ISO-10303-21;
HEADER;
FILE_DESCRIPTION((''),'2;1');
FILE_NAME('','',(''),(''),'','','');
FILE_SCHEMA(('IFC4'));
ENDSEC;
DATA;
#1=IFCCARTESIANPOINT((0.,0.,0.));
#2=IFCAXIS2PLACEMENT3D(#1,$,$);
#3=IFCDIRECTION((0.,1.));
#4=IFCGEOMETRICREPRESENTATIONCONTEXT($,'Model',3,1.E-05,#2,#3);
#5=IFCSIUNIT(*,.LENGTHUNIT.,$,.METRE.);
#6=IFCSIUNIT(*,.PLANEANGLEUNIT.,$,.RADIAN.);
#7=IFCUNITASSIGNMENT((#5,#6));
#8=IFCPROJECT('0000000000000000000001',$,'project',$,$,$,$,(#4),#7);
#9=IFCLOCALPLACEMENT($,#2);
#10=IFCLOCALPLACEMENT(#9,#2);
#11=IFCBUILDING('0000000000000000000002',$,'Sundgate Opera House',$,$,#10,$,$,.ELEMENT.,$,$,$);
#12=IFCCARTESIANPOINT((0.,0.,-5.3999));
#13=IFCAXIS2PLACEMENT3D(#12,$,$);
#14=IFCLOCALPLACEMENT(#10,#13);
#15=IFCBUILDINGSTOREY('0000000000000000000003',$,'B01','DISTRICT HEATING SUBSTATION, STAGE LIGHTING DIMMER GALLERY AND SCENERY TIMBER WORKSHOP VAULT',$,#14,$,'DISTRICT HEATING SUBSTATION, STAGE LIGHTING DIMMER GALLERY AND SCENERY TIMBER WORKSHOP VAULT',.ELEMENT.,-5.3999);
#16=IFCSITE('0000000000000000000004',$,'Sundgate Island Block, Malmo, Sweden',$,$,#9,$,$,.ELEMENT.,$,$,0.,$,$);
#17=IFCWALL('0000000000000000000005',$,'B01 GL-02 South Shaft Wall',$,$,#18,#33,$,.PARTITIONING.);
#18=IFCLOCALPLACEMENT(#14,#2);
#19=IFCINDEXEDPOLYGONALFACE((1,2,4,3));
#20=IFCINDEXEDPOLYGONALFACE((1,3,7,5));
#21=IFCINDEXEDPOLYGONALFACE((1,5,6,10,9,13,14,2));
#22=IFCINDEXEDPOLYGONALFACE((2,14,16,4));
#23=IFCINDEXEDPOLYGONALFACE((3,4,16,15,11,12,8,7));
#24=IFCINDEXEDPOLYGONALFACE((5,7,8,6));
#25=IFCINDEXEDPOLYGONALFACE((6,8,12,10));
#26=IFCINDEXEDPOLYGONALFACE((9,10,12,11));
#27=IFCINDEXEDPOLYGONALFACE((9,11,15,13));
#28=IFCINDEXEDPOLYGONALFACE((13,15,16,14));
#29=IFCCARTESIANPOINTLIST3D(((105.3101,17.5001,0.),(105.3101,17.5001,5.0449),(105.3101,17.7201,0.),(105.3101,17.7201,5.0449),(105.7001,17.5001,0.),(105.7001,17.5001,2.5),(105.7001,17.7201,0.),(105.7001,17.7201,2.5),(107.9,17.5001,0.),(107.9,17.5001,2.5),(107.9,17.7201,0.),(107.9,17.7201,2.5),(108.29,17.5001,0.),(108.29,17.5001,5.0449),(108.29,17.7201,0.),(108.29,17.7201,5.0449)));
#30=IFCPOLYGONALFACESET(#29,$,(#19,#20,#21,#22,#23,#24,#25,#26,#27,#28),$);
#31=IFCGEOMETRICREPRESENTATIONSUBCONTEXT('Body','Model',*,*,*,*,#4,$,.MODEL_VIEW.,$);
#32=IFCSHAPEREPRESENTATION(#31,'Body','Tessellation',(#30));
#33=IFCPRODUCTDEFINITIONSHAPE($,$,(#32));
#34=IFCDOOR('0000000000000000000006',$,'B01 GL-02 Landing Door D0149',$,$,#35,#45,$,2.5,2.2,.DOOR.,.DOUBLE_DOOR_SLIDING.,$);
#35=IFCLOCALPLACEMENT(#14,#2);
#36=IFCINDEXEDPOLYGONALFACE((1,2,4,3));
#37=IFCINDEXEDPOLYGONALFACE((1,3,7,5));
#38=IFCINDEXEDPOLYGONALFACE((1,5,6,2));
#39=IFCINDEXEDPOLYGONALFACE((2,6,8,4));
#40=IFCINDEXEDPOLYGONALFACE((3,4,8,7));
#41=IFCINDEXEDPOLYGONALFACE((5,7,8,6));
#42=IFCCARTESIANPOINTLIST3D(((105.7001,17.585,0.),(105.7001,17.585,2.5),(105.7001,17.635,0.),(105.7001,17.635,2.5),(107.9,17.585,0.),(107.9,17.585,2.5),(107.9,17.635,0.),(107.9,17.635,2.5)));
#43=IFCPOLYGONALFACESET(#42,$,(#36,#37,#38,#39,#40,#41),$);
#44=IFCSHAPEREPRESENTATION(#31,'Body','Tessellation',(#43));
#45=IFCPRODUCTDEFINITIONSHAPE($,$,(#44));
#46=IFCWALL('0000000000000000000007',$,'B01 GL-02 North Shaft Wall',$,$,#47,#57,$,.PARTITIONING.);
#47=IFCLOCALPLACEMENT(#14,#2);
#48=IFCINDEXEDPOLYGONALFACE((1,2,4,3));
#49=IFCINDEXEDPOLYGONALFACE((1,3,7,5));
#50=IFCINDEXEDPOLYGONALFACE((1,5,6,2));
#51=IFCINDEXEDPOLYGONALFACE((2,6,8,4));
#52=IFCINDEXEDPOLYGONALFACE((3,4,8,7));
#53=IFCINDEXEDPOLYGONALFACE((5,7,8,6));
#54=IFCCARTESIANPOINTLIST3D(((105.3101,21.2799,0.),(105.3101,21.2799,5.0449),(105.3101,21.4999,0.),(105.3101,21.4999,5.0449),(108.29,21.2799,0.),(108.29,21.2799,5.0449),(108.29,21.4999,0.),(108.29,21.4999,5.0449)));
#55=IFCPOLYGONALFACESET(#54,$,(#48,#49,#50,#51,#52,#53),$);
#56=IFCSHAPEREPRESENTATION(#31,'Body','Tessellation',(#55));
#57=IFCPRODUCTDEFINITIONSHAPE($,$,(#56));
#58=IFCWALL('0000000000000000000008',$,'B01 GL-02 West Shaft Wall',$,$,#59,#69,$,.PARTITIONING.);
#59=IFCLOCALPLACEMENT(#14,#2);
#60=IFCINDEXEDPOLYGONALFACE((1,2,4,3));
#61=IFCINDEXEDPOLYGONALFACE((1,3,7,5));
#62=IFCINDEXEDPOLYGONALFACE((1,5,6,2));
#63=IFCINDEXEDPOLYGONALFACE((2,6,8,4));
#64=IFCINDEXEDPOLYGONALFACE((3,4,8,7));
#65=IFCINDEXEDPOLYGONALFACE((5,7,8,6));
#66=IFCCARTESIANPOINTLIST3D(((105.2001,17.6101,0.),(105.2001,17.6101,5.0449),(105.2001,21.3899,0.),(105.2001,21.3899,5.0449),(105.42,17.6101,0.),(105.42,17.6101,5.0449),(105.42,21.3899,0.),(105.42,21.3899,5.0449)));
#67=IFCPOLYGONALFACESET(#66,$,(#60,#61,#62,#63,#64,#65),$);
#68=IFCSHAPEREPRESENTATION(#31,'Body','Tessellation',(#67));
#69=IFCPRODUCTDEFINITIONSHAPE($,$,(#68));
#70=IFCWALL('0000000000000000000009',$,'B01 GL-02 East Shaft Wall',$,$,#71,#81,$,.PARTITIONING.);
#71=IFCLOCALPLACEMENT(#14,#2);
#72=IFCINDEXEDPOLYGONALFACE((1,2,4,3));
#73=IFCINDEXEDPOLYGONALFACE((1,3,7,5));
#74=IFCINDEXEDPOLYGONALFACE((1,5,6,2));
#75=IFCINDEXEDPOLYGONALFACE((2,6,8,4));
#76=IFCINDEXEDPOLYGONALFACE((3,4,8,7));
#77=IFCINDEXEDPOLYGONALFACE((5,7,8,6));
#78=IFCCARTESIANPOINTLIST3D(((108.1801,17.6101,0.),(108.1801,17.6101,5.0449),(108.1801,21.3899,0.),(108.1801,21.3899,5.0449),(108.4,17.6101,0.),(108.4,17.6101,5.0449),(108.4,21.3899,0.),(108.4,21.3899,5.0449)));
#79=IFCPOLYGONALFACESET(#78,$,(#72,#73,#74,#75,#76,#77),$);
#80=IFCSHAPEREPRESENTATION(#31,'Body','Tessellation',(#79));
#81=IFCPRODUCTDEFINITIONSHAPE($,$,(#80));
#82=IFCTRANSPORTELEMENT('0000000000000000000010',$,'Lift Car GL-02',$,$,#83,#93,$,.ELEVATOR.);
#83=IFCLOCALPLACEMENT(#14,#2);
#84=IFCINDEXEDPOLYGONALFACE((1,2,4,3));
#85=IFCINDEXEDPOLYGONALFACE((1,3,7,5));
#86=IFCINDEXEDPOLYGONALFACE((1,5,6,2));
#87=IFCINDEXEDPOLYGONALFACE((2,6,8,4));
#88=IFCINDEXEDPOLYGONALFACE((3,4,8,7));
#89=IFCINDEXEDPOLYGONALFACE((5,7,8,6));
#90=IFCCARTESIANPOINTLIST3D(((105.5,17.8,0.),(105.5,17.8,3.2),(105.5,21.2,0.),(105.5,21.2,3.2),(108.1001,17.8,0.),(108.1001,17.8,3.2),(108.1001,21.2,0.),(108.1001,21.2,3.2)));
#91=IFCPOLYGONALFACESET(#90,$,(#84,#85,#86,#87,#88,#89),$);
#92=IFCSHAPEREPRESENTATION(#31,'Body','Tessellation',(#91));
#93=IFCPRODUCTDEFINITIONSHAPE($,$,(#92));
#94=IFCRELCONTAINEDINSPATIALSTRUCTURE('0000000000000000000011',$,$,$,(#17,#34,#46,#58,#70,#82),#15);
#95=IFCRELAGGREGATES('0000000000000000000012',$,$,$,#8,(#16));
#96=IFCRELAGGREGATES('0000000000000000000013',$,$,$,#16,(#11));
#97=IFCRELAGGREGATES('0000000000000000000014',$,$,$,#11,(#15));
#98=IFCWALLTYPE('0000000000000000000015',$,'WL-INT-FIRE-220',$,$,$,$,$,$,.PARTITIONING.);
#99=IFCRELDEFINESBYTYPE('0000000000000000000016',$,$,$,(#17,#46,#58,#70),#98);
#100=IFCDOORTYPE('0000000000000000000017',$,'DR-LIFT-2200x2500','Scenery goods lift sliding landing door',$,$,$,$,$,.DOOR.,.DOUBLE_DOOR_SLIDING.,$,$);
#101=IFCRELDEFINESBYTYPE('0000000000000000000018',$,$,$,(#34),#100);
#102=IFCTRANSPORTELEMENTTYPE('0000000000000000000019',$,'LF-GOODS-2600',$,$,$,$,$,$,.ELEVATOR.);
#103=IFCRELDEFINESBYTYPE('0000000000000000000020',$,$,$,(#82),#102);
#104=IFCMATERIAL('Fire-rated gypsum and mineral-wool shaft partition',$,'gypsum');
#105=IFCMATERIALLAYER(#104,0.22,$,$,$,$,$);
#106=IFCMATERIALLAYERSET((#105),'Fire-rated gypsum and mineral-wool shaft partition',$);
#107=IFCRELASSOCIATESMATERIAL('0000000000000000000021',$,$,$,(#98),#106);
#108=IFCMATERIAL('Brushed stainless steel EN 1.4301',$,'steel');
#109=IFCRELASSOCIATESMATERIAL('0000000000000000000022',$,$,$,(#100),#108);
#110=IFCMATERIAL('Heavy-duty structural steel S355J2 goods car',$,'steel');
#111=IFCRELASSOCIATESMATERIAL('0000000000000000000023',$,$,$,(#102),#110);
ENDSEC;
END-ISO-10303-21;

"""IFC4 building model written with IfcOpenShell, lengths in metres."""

from ifc_helpers import new_model, si_unit, direction, frame, frame_2d, origin, origin_2d, place, context, subcontext, project, spatial, rectangle, extrude, material, layer, layer_set, type_object, element, fill, save


model = new_model("IFC4")

# Units and contexts
model_context = context("Model", 3, precision=1e-05, world=origin(), true_north=direction((0.0, 1.0)))
body_context = subcontext(model_context, "Body", "Model", "MODEL_VIEW")
ifc_project = project(units=[si_unit("LENGTHUNIT", "METRE"), si_unit("PLANEANGLEUNIT", "RADIAN")], contexts=[model_context])

# Site, building, storey
site_placement = place(None, origin())
site = spatial("IfcSite", under=ifc_project, at=site_placement, Name="Sundgate Island Block, Malmo, Sweden", CompositionType="ELEMENT", RefElevation=0.0)
building_placement = place(site_placement, origin())
building = spatial("IfcBuilding", under=site, at=building_placement, Name="Sundgate Opera House", CompositionType="ELEMENT")
storey_placement = place(building_placement, frame((0.0, 0.0, -5.3999)))
storey = spatial("IfcBuildingStorey", under=building, at=storey_placement, Name="B01", Description="DISTRICT HEATING SUBSTATION, STAGE LIGHTING DIMMER GALLERY AND SCENERY TIMBER WORKSHOP VAULT", LongName="DISTRICT HEATING SUBSTATION, STAGE LIGHTING DIMMER GALLERY AND SCENERY TIMBER WORKSHOP VAULT", CompositionType="ELEMENT", Elevation=-5.3999)

# Wall, opening, door
ifc_material_1 = material(Name="Fire-rated gypsum and mineral-wool shaft partition", Category="gypsum")
ifc_layer_1 = layer(ifc_material_1, 0.22)
ifc_layer_set_1 = layer_set([ifc_layer_1], Name="Fire-rated gypsum and mineral-wool shaft partition")
wall_type_1 = type_object("IfcWallType", Name="WL-INT-FIRE-220", PredefinedType="PARTITIONING", material=ifc_layer_set_1)
wall_1_placement = place(storey_placement, frame((105.3101, 17.6101, 0.0), z_axis=(0.0, 0.0, 1.0), x_axis=(1.0, 0.0, 0.0)))
wall_1 = element("IfcWall", 1, at=wall_1_placement, inside=storey, type_object=wall_type_1, Name="B01 GL-02 South Shaft Wall", PredefinedType="PARTITIONING", context=body_context, shape_type="SweptSolid", body=[
    extrude(rectangle(XDim=2.98, YDim=0.22, at=frame_2d((1.49, 0.0))), origin(), (0.0, 0.0, 1.0), 5.0449),
])
opening_1_placement = place(wall_1_placement, frame((0.3899, 0.0, 0.0)))
opening_1 = element("IfcOpeningElement", 2, at=opening_1_placement, cuts=wall_1, PredefinedType="OPENING", context=body_context, shape_type="SweptSolid", body=[
    extrude(rectangle(XDim=2.2, YDim=2.5, at=frame_2d((1.1001, 1.25))), frame((0.0, 0.1199, 0.0), z_axis=(0.0, -1.0, 0.0), x_axis=(1.0, 0.0, 0.0)), (0.0, 0.0, 1.0), 0.24),
])
ifc_material_2 = material(Name="Brushed stainless steel EN 1.4301", Category="steel")
door_type_1 = type_object("IfcDoorType", Name="DR-LIFT-2200x2500", Description="Scenery goods lift sliding landing door", OperationType="DOUBLE_DOOR_SLIDING", PredefinedType="DOOR", material=ifc_material_2)
door_1_placement = place(opening_1_placement, origin())
door_1 = element("IfcDoor", 3, at=door_1_placement, inside=storey, type_object=door_type_1, Name="B01 GL-02 Landing Door D0149", OperationType="DOUBLE_DOOR_SLIDING", OverallHeight=2.5, OverallWidth=2.2, PredefinedType="DOOR", context=body_context, shape_type="SweptSolid", body=[
    extrude(rectangle(XDim=2.2, YDim=2.5, at=frame_2d((1.1001, 1.25))), frame((0.0, 0.0249, 0.0), z_axis=(0.0, -1.0, 0.0), x_axis=(1.0, 0.0, 0.0)), (0.0, 0.0, 1.0), 0.05),
])
fill(opening_1, door_1)

# Walls
wall_2_placement = place(storey_placement, frame((105.3101, 21.3899, 0.0), z_axis=(0.0, 0.0, 1.0), x_axis=(1.0, 0.0, 0.0)))
element("IfcWall", 4, at=wall_2_placement, inside=storey, type_object=wall_type_1, Name="B01 GL-02 North Shaft Wall", PredefinedType="PARTITIONING", context=body_context, shape_type="SweptSolid", body=[
    extrude(rectangle(XDim=2.98, YDim=0.22, at=frame_2d((1.49, 0.0))), origin(), (0.0, 0.0, 1.0), 5.0449),
])
for number, where, z_axis, x_axis, name in (
    (5, (105.3101, 17.6101, 0.0), (0.0, 0.0, 1.0), (0.0, 1.0, 0.0), "B01 GL-02 West Shaft Wall"),
    (6, (108.29, 17.6101, 0.0), (0.0, 0.0, 1.0), (0.0, 1.0, 0.0), "B01 GL-02 East Shaft Wall"),
):
    element("IfcWall", number, at=place(storey_placement, frame(where, z_axis=z_axis, x_axis=x_axis)), inside=storey, type_object=wall_type_1, Name=name, PredefinedType="PARTITIONING", context=body_context, shape_type="SweptSolid", body=[
        extrude(rectangle(XDim=3.7798, YDim=0.22, at=frame_2d((1.8899, 0.0))), origin(), (0.0, 0.0, 1.0), 5.0449),
    ])

# Transport element
ifc_material_3 = material(Name="Heavy-duty structural steel S355J2 goods car", Category="steel")
transport_element_type = type_object("IfcTransportElementType", Name="LF-GOODS-2600", PredefinedType="ELEVATOR", material=ifc_material_3)
transport_element_placement = place(storey_placement, frame((106.8, 19.5, 0.0), z_axis=(0.0, 0.0, 1.0), x_axis=(1.0, 0.0, 0.0)))
element("IfcTransportElement", 7, at=transport_element_placement, inside=storey, type_object=transport_element_type, Name="Lift Car GL-02", PredefinedType="ELEVATOR", context=body_context, shape_type="SweptSolid", body=[
    extrude(rectangle(XDim=2.6001, YDim=3.3999, at=origin_2d()), origin(), (0.0, 0.0, 1.0), 3.2),
])

save(model, "model.ifc")
